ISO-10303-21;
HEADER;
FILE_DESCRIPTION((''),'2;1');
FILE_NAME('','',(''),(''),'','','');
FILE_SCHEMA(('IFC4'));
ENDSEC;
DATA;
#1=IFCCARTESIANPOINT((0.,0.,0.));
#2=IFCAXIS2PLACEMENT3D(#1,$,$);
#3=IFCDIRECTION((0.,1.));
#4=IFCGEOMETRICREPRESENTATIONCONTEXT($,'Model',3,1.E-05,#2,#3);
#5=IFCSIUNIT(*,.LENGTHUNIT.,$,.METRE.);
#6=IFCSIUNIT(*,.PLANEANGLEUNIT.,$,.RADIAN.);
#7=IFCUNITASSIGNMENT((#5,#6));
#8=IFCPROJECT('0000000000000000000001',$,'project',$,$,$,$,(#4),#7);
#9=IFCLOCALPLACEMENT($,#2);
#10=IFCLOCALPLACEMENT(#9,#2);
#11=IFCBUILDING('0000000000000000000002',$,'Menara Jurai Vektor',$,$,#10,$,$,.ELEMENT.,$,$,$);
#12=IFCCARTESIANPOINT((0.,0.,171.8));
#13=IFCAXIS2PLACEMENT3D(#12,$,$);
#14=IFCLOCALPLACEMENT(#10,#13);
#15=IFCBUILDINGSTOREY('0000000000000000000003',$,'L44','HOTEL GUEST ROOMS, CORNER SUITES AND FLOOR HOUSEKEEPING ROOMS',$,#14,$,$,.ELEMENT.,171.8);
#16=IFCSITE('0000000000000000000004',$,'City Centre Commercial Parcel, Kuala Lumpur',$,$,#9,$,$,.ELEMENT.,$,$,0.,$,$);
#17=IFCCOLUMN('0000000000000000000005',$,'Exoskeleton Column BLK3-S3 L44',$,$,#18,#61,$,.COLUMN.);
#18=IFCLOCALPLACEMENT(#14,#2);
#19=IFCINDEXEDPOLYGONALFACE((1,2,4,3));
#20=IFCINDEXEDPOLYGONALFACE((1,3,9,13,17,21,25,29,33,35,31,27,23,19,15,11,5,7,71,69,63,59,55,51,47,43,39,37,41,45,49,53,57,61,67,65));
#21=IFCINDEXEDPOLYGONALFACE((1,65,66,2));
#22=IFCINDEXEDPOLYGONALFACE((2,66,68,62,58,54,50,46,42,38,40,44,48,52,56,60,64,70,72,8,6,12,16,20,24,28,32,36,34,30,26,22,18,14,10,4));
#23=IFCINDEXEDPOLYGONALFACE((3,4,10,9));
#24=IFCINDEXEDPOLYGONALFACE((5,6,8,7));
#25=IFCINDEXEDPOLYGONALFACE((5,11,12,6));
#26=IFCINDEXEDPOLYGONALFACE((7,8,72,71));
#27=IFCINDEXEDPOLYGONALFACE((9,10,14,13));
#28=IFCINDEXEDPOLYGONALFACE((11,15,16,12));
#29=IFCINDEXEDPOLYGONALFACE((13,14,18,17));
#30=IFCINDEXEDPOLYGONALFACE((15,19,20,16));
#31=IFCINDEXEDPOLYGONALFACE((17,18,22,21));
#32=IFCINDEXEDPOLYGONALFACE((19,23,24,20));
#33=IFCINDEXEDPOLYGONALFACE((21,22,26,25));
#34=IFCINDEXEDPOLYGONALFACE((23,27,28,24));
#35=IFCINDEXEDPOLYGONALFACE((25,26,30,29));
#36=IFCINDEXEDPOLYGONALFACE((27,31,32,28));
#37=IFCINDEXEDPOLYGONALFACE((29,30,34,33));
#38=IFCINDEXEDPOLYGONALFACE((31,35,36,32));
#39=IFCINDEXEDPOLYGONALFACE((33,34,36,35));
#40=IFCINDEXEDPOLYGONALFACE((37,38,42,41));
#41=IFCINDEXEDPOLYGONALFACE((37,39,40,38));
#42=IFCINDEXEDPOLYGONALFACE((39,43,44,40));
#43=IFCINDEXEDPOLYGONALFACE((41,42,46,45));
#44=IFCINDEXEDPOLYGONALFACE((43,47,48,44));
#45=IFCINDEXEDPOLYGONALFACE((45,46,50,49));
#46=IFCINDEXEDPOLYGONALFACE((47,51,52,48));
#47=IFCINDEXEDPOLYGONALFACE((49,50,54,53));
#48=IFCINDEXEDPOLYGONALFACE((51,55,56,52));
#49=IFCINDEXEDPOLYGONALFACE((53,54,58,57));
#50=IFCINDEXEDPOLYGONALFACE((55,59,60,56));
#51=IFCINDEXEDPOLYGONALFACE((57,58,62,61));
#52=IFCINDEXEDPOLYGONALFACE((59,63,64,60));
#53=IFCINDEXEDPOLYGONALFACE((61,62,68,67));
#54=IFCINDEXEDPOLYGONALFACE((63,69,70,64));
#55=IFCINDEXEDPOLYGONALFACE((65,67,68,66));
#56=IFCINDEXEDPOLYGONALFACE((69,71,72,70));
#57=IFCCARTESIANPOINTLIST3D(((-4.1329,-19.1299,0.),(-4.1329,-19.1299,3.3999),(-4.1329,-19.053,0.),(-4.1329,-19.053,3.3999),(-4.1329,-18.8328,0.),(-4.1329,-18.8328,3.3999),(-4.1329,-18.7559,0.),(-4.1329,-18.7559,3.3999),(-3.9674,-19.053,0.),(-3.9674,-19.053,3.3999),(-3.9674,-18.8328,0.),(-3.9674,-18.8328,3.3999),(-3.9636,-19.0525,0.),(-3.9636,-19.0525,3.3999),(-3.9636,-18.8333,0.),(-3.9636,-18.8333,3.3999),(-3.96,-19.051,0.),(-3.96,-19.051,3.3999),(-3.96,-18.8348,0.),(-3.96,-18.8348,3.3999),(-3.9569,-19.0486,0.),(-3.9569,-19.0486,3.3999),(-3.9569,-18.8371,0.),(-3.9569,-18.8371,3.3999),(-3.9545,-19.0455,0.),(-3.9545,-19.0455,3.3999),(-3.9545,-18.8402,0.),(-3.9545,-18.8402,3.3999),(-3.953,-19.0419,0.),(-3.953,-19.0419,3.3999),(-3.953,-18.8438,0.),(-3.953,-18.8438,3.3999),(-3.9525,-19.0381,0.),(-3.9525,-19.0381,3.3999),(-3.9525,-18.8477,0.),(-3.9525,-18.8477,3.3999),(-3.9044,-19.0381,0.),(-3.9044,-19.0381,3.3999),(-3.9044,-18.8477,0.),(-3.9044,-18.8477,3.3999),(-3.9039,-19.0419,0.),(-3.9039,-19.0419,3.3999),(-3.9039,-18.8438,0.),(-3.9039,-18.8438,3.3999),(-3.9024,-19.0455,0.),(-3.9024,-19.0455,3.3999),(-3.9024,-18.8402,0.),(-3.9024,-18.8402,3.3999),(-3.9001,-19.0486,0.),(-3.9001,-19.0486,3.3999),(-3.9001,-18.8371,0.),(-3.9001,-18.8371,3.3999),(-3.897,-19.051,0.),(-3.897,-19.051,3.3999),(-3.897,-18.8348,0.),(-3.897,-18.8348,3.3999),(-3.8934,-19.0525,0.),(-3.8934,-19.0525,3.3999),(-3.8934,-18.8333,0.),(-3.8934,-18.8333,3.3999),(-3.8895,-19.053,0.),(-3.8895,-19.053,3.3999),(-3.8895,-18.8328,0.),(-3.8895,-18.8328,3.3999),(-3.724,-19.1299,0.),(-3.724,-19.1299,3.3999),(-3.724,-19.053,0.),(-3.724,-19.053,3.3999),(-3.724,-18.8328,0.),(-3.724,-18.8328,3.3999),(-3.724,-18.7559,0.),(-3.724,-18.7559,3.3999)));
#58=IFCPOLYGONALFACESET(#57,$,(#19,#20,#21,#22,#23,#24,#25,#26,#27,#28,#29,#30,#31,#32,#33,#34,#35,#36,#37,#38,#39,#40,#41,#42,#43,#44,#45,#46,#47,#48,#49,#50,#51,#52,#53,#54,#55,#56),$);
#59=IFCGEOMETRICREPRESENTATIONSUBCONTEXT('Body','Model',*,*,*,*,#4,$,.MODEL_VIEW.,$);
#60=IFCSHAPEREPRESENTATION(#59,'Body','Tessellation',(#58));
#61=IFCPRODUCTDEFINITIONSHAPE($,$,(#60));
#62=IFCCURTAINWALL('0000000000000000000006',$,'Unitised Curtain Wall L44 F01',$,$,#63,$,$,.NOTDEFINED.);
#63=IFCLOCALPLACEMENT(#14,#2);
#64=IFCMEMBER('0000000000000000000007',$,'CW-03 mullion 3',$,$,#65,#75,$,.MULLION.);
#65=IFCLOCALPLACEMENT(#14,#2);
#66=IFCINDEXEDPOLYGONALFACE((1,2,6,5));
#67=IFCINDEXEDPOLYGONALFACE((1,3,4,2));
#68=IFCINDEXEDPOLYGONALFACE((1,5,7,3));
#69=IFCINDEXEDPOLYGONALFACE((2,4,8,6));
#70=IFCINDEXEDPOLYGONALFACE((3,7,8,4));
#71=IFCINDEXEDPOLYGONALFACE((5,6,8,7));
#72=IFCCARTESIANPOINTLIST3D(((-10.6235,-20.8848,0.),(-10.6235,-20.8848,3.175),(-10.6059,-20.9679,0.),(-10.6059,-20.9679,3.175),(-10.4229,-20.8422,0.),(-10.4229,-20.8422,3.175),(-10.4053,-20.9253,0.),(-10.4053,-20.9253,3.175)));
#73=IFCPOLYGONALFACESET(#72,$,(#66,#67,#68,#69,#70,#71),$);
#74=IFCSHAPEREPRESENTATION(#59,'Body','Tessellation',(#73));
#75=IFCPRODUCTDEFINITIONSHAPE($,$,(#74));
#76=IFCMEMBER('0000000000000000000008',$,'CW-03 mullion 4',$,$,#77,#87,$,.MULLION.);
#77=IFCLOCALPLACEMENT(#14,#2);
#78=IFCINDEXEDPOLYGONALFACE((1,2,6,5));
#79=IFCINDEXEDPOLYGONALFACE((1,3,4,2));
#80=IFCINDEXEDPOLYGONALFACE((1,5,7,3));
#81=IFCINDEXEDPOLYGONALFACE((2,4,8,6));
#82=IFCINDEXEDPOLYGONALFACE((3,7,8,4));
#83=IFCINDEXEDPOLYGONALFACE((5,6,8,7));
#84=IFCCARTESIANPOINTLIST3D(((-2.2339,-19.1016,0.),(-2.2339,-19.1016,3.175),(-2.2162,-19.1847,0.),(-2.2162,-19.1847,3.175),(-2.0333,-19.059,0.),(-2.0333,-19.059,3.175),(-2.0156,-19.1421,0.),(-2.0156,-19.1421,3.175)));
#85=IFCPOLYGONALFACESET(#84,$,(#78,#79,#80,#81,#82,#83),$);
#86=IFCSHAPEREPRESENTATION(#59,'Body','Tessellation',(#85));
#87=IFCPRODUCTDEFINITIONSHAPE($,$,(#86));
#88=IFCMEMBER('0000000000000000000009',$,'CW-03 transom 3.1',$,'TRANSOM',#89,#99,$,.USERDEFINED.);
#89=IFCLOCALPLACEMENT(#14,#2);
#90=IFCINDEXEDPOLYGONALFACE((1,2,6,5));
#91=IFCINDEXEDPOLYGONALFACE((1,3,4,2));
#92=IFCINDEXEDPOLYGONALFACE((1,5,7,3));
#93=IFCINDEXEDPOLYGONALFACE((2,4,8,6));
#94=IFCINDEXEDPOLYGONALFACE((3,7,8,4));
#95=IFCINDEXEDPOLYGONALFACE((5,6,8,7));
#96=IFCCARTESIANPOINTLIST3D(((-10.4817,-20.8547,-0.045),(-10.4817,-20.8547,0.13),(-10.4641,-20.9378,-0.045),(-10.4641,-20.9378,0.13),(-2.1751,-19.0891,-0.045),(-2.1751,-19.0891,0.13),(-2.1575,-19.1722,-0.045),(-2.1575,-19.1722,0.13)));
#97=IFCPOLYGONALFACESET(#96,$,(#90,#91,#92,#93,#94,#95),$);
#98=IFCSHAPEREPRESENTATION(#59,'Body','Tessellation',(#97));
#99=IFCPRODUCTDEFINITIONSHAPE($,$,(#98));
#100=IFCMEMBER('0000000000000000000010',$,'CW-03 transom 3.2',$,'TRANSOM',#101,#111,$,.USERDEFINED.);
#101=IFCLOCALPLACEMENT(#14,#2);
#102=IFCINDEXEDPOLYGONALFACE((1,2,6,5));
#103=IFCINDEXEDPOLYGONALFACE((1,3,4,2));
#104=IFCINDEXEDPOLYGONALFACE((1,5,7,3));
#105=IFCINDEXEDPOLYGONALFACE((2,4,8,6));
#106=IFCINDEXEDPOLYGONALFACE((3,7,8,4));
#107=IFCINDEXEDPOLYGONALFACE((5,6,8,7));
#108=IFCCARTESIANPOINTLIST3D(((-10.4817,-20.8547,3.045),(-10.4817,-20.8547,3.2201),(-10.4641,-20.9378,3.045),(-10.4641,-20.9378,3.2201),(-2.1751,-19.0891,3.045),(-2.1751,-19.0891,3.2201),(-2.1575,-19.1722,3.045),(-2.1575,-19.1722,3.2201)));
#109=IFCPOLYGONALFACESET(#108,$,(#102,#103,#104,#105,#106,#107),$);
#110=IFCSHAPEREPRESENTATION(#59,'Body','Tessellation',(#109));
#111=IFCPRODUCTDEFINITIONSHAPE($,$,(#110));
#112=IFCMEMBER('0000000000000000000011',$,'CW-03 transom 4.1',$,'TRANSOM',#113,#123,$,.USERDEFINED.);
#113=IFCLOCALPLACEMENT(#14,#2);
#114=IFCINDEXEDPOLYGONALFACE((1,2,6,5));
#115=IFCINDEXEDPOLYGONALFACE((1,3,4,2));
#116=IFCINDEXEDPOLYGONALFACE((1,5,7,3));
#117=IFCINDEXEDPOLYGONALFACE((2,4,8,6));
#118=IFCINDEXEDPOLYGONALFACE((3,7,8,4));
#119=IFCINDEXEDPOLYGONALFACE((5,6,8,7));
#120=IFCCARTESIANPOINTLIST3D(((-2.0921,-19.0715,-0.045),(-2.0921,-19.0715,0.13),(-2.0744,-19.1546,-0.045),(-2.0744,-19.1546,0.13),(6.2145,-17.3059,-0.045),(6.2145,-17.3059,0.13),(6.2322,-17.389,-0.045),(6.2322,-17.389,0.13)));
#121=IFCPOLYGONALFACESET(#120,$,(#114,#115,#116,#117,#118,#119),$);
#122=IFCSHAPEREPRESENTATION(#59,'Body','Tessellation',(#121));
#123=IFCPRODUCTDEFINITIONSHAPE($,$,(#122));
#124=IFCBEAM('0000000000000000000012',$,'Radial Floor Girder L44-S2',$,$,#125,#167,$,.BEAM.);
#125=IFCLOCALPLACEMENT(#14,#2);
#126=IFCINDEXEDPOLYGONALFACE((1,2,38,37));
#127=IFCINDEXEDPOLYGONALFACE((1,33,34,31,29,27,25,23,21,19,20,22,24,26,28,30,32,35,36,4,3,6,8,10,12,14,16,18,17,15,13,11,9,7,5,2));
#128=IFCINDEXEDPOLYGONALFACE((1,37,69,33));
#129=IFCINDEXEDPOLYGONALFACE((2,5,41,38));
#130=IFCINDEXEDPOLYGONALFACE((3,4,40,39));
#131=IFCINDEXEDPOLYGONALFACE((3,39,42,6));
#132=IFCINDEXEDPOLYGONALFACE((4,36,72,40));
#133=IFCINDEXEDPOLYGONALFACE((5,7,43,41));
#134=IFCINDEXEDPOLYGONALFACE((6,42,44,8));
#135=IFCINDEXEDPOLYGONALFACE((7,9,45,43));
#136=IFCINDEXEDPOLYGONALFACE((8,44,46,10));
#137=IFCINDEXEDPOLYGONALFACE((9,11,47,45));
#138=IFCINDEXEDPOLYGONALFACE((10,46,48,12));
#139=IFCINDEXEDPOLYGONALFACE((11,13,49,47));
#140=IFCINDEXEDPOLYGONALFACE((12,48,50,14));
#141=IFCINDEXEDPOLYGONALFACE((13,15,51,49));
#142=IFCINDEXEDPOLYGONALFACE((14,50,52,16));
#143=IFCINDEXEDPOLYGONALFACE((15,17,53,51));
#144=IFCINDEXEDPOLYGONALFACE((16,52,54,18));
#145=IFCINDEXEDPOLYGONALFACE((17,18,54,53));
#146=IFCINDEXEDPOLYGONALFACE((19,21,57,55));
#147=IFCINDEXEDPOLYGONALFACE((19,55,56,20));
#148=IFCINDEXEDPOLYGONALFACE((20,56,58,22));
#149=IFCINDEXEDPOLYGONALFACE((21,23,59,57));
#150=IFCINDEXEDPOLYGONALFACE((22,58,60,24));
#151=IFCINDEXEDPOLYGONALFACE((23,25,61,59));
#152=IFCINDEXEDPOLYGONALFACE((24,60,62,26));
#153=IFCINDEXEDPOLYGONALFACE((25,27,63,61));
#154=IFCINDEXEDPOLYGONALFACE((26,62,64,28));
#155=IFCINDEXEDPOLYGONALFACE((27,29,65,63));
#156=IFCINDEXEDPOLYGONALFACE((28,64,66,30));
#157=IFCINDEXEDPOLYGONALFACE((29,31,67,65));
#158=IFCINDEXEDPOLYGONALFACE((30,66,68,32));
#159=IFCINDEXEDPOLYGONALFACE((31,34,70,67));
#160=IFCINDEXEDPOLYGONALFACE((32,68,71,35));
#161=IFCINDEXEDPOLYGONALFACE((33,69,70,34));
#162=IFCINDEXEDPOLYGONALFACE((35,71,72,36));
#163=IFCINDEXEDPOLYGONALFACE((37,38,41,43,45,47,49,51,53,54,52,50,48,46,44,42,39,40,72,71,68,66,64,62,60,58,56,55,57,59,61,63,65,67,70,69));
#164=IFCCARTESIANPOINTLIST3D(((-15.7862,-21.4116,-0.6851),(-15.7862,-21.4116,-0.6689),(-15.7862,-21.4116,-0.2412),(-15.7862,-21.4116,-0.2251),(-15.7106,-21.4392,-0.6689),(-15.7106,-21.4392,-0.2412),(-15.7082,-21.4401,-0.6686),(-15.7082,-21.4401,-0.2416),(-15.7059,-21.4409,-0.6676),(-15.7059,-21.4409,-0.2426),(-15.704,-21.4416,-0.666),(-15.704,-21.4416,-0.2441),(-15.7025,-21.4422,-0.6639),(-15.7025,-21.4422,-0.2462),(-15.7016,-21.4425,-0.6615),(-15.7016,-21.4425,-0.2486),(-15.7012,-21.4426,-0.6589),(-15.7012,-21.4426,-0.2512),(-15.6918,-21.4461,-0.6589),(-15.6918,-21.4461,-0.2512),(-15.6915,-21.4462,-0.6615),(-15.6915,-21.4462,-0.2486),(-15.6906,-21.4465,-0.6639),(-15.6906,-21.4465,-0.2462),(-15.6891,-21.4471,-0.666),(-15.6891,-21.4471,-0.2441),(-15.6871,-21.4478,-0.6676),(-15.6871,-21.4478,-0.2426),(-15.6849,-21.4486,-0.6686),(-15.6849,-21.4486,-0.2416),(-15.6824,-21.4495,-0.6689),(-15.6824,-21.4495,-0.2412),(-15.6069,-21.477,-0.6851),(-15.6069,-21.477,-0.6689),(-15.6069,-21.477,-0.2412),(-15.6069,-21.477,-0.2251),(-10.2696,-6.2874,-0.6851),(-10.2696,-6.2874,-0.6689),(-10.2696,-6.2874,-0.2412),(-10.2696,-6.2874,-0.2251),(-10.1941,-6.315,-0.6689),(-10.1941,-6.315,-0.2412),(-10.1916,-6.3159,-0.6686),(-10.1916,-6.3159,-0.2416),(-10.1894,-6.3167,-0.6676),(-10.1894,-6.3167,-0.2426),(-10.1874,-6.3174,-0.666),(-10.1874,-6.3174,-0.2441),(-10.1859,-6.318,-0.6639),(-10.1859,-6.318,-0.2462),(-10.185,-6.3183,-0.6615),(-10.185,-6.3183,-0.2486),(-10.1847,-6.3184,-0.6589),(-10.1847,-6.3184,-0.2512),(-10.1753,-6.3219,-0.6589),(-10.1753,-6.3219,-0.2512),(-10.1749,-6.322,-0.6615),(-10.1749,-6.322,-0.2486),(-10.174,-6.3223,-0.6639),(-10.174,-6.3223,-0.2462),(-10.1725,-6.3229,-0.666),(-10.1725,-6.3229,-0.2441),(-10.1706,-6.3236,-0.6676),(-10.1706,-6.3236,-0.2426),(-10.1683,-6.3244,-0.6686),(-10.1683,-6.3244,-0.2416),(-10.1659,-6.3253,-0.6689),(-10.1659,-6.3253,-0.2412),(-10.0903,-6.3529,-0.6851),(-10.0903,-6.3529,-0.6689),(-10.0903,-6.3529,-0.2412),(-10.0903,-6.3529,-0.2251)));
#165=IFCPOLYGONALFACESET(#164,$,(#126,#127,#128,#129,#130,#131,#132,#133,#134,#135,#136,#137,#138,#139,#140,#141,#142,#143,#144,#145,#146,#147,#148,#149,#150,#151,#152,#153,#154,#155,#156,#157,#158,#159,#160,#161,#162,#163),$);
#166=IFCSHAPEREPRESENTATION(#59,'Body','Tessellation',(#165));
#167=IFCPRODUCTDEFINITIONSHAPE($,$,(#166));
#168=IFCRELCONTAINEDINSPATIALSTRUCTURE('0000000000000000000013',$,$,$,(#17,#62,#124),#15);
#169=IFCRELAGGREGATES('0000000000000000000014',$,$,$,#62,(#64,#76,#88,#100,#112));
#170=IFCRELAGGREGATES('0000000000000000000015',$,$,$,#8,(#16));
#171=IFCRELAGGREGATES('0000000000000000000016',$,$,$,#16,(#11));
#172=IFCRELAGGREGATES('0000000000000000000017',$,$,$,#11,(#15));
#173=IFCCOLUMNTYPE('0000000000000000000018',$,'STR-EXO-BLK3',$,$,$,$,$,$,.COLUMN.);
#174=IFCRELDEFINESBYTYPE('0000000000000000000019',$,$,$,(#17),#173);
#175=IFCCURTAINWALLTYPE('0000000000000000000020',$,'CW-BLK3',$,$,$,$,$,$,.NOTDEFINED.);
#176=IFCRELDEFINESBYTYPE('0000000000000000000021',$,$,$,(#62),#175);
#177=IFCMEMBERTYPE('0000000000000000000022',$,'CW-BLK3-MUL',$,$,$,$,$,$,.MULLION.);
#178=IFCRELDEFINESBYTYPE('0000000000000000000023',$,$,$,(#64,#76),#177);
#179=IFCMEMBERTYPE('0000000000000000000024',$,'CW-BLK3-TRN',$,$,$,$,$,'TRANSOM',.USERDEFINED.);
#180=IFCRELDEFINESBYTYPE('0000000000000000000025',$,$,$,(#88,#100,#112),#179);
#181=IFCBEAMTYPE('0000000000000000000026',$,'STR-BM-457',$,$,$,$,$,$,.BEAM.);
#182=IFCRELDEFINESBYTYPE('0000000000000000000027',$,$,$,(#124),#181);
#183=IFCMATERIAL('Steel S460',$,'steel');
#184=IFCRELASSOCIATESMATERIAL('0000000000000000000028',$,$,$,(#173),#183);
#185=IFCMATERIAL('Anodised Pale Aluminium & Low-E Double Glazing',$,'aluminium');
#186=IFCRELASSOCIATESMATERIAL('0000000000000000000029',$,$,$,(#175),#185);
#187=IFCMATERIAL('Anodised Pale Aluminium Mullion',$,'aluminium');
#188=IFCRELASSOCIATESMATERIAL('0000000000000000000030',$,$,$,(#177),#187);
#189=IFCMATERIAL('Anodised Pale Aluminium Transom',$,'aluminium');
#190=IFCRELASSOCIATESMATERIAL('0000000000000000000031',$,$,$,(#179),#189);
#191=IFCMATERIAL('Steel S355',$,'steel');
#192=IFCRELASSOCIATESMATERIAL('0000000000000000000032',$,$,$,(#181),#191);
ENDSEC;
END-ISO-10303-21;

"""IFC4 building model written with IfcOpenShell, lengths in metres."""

from ifc_helpers import new_model, si_unit, direction, frame, origin, origin_2d, place, context, subcontext, project, spatial, rectangle, i_section, extrude, material, material_profile, profile_set, type_object, element, aggregate, save


model = new_model("IFC4")

# Units and contexts
model_context = context("Model", 3, precision=1e-05, world=origin(), true_north=direction((0.0, 1.0)))
body_context = subcontext(model_context, "Body", "Model", "MODEL_VIEW")
ifc_project = project(units=[si_unit("LENGTHUNIT", "METRE"), si_unit("PLANEANGLEUNIT", "RADIAN")], contexts=[model_context])

# Site, building, storey
site_placement = place(None, origin())
site = spatial("IfcSite", under=ifc_project, at=site_placement, Name="City Centre Commercial Parcel, Kuala Lumpur", CompositionType="ELEMENT", RefElevation=0.0)
building_placement = place(site_placement, origin())
building = spatial("IfcBuilding", under=site, at=building_placement, Name="Menara Jurai Vektor", CompositionType="ELEMENT")
storey_placement = place(building_placement, frame((0.0, 0.0, 171.8)))
storey = spatial("IfcBuildingStorey", under=building, at=storey_placement, Name="L44", Description="HOTEL GUEST ROOMS, CORNER SUITES AND FLOOR HOUSEKEEPING ROOMS", CompositionType="ELEMENT", Elevation=171.8)

# Column
ifc_material_1 = material(Name="Steel S460", Category="steel")
ifc_material_profile_1 = material_profile(ifc_material_1, i_section(OverallWidth=0.4089, OverallDepth=0.374, WebThickness=0.0481, FlangeThickness=0.0769, FilletRadius=0.0149, at=origin_2d()), Name="HD 400x634")
ifc_profile_set_1 = profile_set([ifc_material_profile_1], Name="Steel S460")
column_type = type_object("IfcColumnType", Name="STR-EXO-BLK3", PredefinedType="COLUMN", material=ifc_profile_set_1)
column_placement = place(storey_placement, frame((-3.9285, -18.9429, 0.0), z_axis=(0.0, 0.0, 1.0), x_axis=(1.0, 0.0, 0.0)))
element("IfcColumn", 1, at=column_placement, inside=storey, type_object=column_type, Name="Exoskeleton Column BLK3-S3 L44", PredefinedType="COLUMN", context=body_context, shape_type="SweptSolid", body=[
    extrude(i_section(OverallWidth=0.4089, OverallDepth=0.374, WebThickness=0.0481, FlangeThickness=0.0769, FilletRadius=0.0149, at=origin_2d()), origin(), (0.0, 0.0, 1.0), 3.3999),
])

# Curtain wall, members
ifc_material_2 = material(Name="Anodised Pale Aluminium & Low-E Double Glazing", Category="aluminium")
curtain_wall_type = type_object("IfcCurtainWallType", Name="CW-BLK3", PredefinedType="NOTDEFINED", material=ifc_material_2)
curtain_wall_placement = place(storey_placement, origin())
curtain_wall = element("IfcCurtainWall", 2, at=curtain_wall_placement, inside=storey, type_object=curtain_wall_type, Name="Unitised Curtain Wall L44 F01", PredefinedType="NOTDEFINED")
ifc_material_3 = material(Name="Anodised Pale Aluminium Mullion", Category="aluminium")
ifc_material_profile_2 = material_profile(ifc_material_3, rectangle(XDim=0.085, YDim=0.2051, at=origin_2d()), Name="ALU MUL 85x205")
ifc_profile_set_2 = profile_set([ifc_material_profile_2], Name="Anodised Pale Aluminium Mullion")
member_type_1 = type_object("IfcMemberType", Name="CW-BLK3-MUL", PredefinedType="MULLION", material=ifc_profile_set_2)
member_1_placement = place(storey_placement, frame((-10.5144, -20.905, 0.0), z_axis=(0.0, 0.0, 1.0), x_axis=(-0.207911, 0.978148, 0.0)))
member_1 = element("IfcMember", 3, at=member_1_placement, type_object=member_type_1, Name="CW-03 mullion 3", PredefinedType="MULLION", context=body_context, shape_type="SweptSolid", body=[
    extrude(rectangle(XDim=0.085, YDim=0.2051, at=origin_2d()), origin(), (0.0, 0.0, 1.0), 3.175),
])
member_2_placement = place(storey_placement, frame((-2.1248, -19.1218, 0.0), z_axis=(0.0, 0.0, 1.0), x_axis=(-0.207911, 0.978148, 0.0)))
member_2 = element("IfcMember", 4, at=member_2_placement, type_object=member_type_1, Name="CW-03 mullion 4", PredefinedType="MULLION", context=body_context, shape_type="SweptSolid", body=[
    extrude(rectangle(XDim=0.085, YDim=0.2051, at=origin_2d()), origin(), (0.0, 0.0, 1.0), 3.175),
])
ifc_material_4 = material(Name="Anodised Pale Aluminium Transom", Category="aluminium")
ifc_material_profile_3 = material_profile(ifc_material_4, rectangle(XDim=0.085, YDim=0.175, at=origin_2d()), Name="ALU TRN 85x175")
ifc_profile_set_3 = profile_set([ifc_material_profile_3], Name="Anodised Pale Aluminium Transom")
member_type_2 = type_object("IfcMemberType", Name="CW-BLK3-TRN", ElementType="TRANSOM", PredefinedType="USERDEFINED", material=ifc_profile_set_3)
member_3_placement = place(storey_placement, frame((-10.4729, -20.8962, 0.0425), z_axis=(0.978148, 0.207911, 0.0), x_axis=(-0.207911, 0.978148, 0.0)))
member_3 = element("IfcMember", 5, at=member_3_placement, type_object=member_type_2, Name="CW-03 transom 3.1", ObjectType="TRANSOM", PredefinedType="USERDEFINED", context=body_context, shape_type="SweptSolid", body=[
    extrude(rectangle(XDim=0.085, YDim=0.175, at=origin_2d()), origin(), (0.0, 0.0, 1.0), 8.4922),
])
member_4_placement = place(storey_placement, frame((-10.4729, -20.8962, 3.1326), z_axis=(0.978148, 0.207911, 0.0), x_axis=(-0.207911, 0.978148, 0.0)))
member_4 = element("IfcMember", 6, at=member_4_placement, type_object=member_type_2, Name="CW-03 transom 3.2", ObjectType="TRANSOM", PredefinedType="USERDEFINED", context=body_context, shape_type="SweptSolid", body=[
    extrude(rectangle(XDim=0.085, YDim=0.175, at=origin_2d()), origin(), (0.0, 0.0, 1.0), 8.4922),
])
member_5_placement = place(storey_placement, frame((-2.0833, -19.113, 0.0425), z_axis=(0.978148, 0.207911, 0.0), x_axis=(-0.207911, 0.978148, 0.0)))
member_5 = element("IfcMember", 7, at=member_5_placement, type_object=member_type_2, Name="CW-03 transom 4.1", ObjectType="TRANSOM", PredefinedType="USERDEFINED", context=body_context, shape_type="SweptSolid", body=[
    extrude(rectangle(XDim=0.085, YDim=0.175, at=origin_2d()), origin(), (0.0, 0.0, 1.0), 8.4922),
])

# Beam
ifc_material_5 = material(Name="Steel S355", Category="steel")
ifc_material_profile_4 = material_profile(ifc_material_5, i_section(OverallWidth=0.1909, OverallDepth=0.46, WebThickness=0.01, FlangeThickness=0.0161, FilletRadius=0.01, at=origin_2d()), Name="UKB 457x191x82")
ifc_profile_set_4 = profile_set([ifc_material_profile_4], Name="Steel S355")
beam_type_1 = type_object("IfcBeamType", Name="STR-BM-457", PredefinedType="BEAM", material=ifc_profile_set_4)
beam_1_placement = place(storey_placement, frame((-15.6965, -21.4443, -0.4551), z_axis=(0.342668, 0.939456, 0.0), x_axis=(-0.939456, 0.342668, 0.0)))
element("IfcBeam", 8, at=beam_1_placement, inside=storey, type_object=beam_type_1, Name="Radial Floor Girder L44-S2", PredefinedType="BEAM", context=body_context, shape_type="SweptSolid", body=[
    extrude(i_section(OverallWidth=0.1909, OverallDepth=0.46, WebThickness=0.01, FlangeThickness=0.0161, FilletRadius=0.01, at=origin_2d()), origin(), (0.0, 0.0, 1.0), 16.0989),
])

aggregate(curtain_wall, [member_1, member_2, member_3, member_4, member_5])

save(model, "model.ifc")
